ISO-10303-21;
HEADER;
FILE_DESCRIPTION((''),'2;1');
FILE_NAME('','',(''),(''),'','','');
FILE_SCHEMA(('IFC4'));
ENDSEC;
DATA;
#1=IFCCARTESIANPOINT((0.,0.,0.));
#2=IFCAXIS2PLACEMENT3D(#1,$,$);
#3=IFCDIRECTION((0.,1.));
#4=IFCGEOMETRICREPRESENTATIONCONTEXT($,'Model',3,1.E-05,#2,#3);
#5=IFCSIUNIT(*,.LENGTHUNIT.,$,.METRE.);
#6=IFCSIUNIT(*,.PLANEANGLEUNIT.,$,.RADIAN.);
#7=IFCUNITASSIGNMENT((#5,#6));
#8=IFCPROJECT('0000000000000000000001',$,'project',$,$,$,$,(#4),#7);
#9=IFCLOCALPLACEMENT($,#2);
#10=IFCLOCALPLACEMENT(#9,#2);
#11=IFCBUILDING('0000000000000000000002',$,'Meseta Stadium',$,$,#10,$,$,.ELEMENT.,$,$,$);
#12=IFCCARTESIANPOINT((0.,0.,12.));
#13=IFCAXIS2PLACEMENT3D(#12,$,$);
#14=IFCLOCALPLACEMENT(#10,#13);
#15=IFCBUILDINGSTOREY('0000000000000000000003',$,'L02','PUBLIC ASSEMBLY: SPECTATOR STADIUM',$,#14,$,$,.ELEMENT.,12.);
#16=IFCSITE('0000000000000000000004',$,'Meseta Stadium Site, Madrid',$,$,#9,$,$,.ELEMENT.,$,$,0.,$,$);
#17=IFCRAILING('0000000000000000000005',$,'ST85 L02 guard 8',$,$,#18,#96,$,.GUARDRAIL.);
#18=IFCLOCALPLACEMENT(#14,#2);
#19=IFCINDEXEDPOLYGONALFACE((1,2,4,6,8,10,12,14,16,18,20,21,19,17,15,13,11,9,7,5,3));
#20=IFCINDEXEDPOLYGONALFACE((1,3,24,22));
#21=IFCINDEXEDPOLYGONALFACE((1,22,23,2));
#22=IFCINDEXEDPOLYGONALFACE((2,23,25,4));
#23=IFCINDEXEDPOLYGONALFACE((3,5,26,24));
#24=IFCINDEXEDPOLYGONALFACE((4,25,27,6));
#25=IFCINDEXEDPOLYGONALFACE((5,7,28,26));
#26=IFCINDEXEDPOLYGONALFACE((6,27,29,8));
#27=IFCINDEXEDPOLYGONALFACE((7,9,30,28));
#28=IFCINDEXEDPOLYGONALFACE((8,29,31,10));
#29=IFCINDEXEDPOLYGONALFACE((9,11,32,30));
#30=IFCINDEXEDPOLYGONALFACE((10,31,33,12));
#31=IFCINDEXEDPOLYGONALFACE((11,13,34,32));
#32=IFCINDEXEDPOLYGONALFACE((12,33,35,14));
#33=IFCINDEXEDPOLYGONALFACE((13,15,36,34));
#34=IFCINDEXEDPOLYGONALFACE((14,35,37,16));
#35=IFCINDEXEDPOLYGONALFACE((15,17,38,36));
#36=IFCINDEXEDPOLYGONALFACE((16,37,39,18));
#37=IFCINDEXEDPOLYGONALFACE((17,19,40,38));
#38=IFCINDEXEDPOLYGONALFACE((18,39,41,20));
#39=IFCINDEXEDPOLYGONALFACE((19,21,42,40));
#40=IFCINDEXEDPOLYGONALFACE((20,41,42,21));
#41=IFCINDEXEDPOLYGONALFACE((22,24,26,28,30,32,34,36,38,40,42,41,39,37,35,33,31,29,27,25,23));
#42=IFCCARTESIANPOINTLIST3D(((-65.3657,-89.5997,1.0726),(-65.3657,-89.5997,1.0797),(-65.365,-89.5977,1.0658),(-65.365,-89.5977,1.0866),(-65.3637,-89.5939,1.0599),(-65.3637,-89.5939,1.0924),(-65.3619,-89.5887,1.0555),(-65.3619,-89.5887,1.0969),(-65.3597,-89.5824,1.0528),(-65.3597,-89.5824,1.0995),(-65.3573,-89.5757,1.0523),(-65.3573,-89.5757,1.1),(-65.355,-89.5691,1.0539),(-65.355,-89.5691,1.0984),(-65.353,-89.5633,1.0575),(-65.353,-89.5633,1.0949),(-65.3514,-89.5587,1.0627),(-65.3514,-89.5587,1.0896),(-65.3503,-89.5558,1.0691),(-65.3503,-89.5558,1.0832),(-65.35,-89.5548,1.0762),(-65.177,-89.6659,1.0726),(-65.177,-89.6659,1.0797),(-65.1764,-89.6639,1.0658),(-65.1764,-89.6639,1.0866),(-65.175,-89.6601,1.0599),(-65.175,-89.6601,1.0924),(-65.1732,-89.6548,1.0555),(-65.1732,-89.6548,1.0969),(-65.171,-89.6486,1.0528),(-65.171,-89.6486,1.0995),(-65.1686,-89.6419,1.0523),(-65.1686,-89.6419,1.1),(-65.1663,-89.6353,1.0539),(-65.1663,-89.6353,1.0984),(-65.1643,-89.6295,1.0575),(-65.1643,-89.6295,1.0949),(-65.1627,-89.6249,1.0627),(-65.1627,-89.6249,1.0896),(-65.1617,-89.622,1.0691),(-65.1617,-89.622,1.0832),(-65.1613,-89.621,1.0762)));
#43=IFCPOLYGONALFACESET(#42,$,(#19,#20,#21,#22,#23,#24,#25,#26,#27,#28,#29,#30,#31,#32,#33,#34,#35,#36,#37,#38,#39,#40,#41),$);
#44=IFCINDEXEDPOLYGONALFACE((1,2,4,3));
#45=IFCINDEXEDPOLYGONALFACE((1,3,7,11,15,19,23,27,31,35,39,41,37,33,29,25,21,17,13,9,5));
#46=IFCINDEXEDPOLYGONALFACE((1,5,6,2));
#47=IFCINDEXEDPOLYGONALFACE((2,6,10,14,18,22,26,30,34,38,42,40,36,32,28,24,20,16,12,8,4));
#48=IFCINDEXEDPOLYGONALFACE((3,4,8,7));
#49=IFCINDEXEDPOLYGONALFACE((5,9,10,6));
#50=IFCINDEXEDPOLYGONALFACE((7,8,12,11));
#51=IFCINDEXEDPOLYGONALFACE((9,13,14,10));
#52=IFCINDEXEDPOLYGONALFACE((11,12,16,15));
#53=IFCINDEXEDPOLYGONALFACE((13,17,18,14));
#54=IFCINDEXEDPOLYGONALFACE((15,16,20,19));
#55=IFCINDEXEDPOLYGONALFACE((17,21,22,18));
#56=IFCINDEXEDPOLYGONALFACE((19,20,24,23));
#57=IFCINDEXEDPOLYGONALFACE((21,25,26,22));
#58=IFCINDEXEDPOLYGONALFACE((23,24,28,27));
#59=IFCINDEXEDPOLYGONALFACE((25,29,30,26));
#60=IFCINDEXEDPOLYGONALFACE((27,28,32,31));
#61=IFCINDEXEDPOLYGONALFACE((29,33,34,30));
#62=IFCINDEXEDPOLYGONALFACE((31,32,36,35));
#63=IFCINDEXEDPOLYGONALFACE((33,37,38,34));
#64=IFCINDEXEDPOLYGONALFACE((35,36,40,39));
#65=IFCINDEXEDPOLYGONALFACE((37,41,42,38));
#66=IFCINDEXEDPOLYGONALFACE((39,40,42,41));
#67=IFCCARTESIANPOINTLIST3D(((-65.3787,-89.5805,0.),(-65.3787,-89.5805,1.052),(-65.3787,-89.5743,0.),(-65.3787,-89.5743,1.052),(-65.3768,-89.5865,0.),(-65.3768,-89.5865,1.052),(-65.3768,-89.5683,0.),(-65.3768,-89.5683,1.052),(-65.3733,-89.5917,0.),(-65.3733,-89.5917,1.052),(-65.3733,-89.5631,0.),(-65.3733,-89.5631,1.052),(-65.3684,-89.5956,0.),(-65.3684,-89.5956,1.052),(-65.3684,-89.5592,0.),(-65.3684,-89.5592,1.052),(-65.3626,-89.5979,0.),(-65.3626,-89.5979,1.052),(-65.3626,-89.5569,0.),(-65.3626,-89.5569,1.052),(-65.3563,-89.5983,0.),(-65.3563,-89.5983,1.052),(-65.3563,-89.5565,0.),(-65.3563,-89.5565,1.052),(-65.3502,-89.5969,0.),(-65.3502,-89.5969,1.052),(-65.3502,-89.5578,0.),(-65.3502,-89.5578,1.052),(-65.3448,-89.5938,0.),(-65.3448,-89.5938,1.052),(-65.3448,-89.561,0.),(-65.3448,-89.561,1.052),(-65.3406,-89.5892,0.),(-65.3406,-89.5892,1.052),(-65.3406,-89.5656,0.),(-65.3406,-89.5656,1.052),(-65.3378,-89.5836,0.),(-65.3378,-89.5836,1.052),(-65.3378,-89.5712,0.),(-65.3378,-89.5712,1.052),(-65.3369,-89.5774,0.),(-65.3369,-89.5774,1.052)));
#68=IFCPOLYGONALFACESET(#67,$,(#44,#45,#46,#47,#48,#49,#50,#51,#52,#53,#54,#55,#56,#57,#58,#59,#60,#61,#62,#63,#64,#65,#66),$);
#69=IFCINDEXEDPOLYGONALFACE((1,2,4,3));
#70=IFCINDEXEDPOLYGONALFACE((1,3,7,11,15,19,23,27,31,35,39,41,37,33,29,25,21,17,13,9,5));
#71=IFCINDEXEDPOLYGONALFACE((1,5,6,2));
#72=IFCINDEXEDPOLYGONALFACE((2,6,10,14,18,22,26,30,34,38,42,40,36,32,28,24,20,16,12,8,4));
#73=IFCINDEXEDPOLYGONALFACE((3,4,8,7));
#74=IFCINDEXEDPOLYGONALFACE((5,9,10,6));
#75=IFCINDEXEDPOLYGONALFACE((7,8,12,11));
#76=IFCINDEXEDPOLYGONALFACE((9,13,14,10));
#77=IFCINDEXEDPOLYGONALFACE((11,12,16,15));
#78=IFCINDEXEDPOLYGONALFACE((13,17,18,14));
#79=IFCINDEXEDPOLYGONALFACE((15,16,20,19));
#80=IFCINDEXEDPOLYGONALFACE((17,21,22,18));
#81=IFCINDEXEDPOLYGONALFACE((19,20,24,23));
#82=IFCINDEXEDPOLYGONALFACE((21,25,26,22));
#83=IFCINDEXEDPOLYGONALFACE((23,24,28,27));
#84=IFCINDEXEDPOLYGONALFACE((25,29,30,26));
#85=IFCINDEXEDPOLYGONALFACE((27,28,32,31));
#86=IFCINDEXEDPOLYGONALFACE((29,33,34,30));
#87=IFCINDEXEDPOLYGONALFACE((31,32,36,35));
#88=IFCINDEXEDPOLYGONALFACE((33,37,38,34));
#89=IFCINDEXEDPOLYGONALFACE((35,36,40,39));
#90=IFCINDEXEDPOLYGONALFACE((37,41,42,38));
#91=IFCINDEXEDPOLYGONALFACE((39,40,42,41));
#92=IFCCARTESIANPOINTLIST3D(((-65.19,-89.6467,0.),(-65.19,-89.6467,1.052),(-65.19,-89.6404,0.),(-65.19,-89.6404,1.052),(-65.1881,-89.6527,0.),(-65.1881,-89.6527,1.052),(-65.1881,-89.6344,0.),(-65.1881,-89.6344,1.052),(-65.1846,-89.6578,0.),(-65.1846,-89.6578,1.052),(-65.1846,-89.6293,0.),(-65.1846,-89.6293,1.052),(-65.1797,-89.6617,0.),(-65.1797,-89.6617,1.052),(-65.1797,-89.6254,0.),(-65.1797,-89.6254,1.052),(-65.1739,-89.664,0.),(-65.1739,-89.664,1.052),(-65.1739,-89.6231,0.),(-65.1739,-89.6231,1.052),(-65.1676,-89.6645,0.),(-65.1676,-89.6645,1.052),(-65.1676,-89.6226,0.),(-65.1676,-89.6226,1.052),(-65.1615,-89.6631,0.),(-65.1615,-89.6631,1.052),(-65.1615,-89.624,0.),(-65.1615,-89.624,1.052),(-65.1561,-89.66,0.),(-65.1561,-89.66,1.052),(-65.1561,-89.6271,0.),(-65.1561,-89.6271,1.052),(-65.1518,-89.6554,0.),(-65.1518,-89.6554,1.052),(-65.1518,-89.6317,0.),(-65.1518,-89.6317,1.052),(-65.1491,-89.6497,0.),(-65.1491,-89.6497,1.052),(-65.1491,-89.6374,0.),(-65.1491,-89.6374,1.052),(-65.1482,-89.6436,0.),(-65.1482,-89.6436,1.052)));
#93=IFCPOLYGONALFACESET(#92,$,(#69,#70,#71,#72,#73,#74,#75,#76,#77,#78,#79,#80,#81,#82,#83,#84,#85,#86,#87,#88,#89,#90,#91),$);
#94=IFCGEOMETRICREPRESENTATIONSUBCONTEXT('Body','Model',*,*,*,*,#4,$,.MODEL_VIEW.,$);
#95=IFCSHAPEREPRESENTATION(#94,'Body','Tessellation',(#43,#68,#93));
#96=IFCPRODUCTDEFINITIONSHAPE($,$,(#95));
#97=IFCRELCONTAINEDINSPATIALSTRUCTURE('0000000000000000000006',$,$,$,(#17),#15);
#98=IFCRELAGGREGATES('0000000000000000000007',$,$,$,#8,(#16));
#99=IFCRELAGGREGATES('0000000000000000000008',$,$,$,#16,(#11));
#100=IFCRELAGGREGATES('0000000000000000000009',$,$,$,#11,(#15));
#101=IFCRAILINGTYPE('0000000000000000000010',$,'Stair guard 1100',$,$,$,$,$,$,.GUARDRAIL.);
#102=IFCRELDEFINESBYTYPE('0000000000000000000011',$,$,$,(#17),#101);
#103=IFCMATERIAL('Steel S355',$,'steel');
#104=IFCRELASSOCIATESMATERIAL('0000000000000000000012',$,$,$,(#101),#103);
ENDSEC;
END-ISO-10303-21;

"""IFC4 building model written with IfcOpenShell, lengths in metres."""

from ifc_helpers import new_model, si_unit, direction, frame, origin, origin_2d, place, context, subcontext, project, spatial, circle, extrude, material, type_object, element, save


model = new_model("IFC4")

# Units and contexts
model_context = context("Model", 3, precision=1e-05, world=origin(), true_north=direction((0.0, 1.0)))
body_context = subcontext(model_context, "Body", "Model", "MODEL_VIEW")
ifc_project = project(units=[si_unit("LENGTHUNIT", "METRE"), si_unit("PLANEANGLEUNIT", "RADIAN")], contexts=[model_context])

# Site, building, storey
site_placement = place(None, origin())
site = spatial("IfcSite", under=ifc_project, at=site_placement, Name="Meseta Stadium Site, Madrid", CompositionType="ELEMENT", RefElevation=0.0)
building_placement = place(site_placement, origin())
building = spatial("IfcBuilding", under=site, at=building_placement, Name="Meseta Stadium", CompositionType="ELEMENT")
storey_placement = place(building_placement, frame((0.0, 0.0, 12.0)))
storey = spatial("IfcBuildingStorey", under=building, at=storey_placement, Name="L02", Description="PUBLIC ASSEMBLY: SPECTATOR STADIUM", CompositionType="ELEMENT", Elevation=12.0)

# Railing
ifc_material_1 = material(Name="Steel S355", Category="steel")
railing_type_1 = type_object("IfcRailingType", Name="Stair guard 1100", PredefinedType="GUARDRAIL", material=ifc_material_1)
railing_1_placement = place(storey_placement, frame((-65.3579, -89.5774, 0.0)))
element("IfcRailing", 1, at=railing_1_placement, inside=storey, type_object=railing_type_1, Name="ST85 L02 guard 8", PredefinedType="GUARDRAIL", context=body_context, shape_type="SweptSolid", body=[
    extrude(circle(Radius=0.0239, at=origin_2d()), frame((0.0, 0.0, 1.0762), z_axis=(0.943687, -0.33084, 0.0), x_axis=(0.33084, 0.943687, 0.0)), (0.0, 0.0, 1.0), 0.2),
    extrude(circle(Radius=0.021, at=origin_2d()), origin(), (0.0, 0.0, 1.0), 1.052),
    extrude(circle(Radius=0.021, at=origin_2d()), frame((0.1887, -0.0662, 0.0)), (0.0, 0.0, 1.0), 1.052),
])

save(model, "model.ifc")
